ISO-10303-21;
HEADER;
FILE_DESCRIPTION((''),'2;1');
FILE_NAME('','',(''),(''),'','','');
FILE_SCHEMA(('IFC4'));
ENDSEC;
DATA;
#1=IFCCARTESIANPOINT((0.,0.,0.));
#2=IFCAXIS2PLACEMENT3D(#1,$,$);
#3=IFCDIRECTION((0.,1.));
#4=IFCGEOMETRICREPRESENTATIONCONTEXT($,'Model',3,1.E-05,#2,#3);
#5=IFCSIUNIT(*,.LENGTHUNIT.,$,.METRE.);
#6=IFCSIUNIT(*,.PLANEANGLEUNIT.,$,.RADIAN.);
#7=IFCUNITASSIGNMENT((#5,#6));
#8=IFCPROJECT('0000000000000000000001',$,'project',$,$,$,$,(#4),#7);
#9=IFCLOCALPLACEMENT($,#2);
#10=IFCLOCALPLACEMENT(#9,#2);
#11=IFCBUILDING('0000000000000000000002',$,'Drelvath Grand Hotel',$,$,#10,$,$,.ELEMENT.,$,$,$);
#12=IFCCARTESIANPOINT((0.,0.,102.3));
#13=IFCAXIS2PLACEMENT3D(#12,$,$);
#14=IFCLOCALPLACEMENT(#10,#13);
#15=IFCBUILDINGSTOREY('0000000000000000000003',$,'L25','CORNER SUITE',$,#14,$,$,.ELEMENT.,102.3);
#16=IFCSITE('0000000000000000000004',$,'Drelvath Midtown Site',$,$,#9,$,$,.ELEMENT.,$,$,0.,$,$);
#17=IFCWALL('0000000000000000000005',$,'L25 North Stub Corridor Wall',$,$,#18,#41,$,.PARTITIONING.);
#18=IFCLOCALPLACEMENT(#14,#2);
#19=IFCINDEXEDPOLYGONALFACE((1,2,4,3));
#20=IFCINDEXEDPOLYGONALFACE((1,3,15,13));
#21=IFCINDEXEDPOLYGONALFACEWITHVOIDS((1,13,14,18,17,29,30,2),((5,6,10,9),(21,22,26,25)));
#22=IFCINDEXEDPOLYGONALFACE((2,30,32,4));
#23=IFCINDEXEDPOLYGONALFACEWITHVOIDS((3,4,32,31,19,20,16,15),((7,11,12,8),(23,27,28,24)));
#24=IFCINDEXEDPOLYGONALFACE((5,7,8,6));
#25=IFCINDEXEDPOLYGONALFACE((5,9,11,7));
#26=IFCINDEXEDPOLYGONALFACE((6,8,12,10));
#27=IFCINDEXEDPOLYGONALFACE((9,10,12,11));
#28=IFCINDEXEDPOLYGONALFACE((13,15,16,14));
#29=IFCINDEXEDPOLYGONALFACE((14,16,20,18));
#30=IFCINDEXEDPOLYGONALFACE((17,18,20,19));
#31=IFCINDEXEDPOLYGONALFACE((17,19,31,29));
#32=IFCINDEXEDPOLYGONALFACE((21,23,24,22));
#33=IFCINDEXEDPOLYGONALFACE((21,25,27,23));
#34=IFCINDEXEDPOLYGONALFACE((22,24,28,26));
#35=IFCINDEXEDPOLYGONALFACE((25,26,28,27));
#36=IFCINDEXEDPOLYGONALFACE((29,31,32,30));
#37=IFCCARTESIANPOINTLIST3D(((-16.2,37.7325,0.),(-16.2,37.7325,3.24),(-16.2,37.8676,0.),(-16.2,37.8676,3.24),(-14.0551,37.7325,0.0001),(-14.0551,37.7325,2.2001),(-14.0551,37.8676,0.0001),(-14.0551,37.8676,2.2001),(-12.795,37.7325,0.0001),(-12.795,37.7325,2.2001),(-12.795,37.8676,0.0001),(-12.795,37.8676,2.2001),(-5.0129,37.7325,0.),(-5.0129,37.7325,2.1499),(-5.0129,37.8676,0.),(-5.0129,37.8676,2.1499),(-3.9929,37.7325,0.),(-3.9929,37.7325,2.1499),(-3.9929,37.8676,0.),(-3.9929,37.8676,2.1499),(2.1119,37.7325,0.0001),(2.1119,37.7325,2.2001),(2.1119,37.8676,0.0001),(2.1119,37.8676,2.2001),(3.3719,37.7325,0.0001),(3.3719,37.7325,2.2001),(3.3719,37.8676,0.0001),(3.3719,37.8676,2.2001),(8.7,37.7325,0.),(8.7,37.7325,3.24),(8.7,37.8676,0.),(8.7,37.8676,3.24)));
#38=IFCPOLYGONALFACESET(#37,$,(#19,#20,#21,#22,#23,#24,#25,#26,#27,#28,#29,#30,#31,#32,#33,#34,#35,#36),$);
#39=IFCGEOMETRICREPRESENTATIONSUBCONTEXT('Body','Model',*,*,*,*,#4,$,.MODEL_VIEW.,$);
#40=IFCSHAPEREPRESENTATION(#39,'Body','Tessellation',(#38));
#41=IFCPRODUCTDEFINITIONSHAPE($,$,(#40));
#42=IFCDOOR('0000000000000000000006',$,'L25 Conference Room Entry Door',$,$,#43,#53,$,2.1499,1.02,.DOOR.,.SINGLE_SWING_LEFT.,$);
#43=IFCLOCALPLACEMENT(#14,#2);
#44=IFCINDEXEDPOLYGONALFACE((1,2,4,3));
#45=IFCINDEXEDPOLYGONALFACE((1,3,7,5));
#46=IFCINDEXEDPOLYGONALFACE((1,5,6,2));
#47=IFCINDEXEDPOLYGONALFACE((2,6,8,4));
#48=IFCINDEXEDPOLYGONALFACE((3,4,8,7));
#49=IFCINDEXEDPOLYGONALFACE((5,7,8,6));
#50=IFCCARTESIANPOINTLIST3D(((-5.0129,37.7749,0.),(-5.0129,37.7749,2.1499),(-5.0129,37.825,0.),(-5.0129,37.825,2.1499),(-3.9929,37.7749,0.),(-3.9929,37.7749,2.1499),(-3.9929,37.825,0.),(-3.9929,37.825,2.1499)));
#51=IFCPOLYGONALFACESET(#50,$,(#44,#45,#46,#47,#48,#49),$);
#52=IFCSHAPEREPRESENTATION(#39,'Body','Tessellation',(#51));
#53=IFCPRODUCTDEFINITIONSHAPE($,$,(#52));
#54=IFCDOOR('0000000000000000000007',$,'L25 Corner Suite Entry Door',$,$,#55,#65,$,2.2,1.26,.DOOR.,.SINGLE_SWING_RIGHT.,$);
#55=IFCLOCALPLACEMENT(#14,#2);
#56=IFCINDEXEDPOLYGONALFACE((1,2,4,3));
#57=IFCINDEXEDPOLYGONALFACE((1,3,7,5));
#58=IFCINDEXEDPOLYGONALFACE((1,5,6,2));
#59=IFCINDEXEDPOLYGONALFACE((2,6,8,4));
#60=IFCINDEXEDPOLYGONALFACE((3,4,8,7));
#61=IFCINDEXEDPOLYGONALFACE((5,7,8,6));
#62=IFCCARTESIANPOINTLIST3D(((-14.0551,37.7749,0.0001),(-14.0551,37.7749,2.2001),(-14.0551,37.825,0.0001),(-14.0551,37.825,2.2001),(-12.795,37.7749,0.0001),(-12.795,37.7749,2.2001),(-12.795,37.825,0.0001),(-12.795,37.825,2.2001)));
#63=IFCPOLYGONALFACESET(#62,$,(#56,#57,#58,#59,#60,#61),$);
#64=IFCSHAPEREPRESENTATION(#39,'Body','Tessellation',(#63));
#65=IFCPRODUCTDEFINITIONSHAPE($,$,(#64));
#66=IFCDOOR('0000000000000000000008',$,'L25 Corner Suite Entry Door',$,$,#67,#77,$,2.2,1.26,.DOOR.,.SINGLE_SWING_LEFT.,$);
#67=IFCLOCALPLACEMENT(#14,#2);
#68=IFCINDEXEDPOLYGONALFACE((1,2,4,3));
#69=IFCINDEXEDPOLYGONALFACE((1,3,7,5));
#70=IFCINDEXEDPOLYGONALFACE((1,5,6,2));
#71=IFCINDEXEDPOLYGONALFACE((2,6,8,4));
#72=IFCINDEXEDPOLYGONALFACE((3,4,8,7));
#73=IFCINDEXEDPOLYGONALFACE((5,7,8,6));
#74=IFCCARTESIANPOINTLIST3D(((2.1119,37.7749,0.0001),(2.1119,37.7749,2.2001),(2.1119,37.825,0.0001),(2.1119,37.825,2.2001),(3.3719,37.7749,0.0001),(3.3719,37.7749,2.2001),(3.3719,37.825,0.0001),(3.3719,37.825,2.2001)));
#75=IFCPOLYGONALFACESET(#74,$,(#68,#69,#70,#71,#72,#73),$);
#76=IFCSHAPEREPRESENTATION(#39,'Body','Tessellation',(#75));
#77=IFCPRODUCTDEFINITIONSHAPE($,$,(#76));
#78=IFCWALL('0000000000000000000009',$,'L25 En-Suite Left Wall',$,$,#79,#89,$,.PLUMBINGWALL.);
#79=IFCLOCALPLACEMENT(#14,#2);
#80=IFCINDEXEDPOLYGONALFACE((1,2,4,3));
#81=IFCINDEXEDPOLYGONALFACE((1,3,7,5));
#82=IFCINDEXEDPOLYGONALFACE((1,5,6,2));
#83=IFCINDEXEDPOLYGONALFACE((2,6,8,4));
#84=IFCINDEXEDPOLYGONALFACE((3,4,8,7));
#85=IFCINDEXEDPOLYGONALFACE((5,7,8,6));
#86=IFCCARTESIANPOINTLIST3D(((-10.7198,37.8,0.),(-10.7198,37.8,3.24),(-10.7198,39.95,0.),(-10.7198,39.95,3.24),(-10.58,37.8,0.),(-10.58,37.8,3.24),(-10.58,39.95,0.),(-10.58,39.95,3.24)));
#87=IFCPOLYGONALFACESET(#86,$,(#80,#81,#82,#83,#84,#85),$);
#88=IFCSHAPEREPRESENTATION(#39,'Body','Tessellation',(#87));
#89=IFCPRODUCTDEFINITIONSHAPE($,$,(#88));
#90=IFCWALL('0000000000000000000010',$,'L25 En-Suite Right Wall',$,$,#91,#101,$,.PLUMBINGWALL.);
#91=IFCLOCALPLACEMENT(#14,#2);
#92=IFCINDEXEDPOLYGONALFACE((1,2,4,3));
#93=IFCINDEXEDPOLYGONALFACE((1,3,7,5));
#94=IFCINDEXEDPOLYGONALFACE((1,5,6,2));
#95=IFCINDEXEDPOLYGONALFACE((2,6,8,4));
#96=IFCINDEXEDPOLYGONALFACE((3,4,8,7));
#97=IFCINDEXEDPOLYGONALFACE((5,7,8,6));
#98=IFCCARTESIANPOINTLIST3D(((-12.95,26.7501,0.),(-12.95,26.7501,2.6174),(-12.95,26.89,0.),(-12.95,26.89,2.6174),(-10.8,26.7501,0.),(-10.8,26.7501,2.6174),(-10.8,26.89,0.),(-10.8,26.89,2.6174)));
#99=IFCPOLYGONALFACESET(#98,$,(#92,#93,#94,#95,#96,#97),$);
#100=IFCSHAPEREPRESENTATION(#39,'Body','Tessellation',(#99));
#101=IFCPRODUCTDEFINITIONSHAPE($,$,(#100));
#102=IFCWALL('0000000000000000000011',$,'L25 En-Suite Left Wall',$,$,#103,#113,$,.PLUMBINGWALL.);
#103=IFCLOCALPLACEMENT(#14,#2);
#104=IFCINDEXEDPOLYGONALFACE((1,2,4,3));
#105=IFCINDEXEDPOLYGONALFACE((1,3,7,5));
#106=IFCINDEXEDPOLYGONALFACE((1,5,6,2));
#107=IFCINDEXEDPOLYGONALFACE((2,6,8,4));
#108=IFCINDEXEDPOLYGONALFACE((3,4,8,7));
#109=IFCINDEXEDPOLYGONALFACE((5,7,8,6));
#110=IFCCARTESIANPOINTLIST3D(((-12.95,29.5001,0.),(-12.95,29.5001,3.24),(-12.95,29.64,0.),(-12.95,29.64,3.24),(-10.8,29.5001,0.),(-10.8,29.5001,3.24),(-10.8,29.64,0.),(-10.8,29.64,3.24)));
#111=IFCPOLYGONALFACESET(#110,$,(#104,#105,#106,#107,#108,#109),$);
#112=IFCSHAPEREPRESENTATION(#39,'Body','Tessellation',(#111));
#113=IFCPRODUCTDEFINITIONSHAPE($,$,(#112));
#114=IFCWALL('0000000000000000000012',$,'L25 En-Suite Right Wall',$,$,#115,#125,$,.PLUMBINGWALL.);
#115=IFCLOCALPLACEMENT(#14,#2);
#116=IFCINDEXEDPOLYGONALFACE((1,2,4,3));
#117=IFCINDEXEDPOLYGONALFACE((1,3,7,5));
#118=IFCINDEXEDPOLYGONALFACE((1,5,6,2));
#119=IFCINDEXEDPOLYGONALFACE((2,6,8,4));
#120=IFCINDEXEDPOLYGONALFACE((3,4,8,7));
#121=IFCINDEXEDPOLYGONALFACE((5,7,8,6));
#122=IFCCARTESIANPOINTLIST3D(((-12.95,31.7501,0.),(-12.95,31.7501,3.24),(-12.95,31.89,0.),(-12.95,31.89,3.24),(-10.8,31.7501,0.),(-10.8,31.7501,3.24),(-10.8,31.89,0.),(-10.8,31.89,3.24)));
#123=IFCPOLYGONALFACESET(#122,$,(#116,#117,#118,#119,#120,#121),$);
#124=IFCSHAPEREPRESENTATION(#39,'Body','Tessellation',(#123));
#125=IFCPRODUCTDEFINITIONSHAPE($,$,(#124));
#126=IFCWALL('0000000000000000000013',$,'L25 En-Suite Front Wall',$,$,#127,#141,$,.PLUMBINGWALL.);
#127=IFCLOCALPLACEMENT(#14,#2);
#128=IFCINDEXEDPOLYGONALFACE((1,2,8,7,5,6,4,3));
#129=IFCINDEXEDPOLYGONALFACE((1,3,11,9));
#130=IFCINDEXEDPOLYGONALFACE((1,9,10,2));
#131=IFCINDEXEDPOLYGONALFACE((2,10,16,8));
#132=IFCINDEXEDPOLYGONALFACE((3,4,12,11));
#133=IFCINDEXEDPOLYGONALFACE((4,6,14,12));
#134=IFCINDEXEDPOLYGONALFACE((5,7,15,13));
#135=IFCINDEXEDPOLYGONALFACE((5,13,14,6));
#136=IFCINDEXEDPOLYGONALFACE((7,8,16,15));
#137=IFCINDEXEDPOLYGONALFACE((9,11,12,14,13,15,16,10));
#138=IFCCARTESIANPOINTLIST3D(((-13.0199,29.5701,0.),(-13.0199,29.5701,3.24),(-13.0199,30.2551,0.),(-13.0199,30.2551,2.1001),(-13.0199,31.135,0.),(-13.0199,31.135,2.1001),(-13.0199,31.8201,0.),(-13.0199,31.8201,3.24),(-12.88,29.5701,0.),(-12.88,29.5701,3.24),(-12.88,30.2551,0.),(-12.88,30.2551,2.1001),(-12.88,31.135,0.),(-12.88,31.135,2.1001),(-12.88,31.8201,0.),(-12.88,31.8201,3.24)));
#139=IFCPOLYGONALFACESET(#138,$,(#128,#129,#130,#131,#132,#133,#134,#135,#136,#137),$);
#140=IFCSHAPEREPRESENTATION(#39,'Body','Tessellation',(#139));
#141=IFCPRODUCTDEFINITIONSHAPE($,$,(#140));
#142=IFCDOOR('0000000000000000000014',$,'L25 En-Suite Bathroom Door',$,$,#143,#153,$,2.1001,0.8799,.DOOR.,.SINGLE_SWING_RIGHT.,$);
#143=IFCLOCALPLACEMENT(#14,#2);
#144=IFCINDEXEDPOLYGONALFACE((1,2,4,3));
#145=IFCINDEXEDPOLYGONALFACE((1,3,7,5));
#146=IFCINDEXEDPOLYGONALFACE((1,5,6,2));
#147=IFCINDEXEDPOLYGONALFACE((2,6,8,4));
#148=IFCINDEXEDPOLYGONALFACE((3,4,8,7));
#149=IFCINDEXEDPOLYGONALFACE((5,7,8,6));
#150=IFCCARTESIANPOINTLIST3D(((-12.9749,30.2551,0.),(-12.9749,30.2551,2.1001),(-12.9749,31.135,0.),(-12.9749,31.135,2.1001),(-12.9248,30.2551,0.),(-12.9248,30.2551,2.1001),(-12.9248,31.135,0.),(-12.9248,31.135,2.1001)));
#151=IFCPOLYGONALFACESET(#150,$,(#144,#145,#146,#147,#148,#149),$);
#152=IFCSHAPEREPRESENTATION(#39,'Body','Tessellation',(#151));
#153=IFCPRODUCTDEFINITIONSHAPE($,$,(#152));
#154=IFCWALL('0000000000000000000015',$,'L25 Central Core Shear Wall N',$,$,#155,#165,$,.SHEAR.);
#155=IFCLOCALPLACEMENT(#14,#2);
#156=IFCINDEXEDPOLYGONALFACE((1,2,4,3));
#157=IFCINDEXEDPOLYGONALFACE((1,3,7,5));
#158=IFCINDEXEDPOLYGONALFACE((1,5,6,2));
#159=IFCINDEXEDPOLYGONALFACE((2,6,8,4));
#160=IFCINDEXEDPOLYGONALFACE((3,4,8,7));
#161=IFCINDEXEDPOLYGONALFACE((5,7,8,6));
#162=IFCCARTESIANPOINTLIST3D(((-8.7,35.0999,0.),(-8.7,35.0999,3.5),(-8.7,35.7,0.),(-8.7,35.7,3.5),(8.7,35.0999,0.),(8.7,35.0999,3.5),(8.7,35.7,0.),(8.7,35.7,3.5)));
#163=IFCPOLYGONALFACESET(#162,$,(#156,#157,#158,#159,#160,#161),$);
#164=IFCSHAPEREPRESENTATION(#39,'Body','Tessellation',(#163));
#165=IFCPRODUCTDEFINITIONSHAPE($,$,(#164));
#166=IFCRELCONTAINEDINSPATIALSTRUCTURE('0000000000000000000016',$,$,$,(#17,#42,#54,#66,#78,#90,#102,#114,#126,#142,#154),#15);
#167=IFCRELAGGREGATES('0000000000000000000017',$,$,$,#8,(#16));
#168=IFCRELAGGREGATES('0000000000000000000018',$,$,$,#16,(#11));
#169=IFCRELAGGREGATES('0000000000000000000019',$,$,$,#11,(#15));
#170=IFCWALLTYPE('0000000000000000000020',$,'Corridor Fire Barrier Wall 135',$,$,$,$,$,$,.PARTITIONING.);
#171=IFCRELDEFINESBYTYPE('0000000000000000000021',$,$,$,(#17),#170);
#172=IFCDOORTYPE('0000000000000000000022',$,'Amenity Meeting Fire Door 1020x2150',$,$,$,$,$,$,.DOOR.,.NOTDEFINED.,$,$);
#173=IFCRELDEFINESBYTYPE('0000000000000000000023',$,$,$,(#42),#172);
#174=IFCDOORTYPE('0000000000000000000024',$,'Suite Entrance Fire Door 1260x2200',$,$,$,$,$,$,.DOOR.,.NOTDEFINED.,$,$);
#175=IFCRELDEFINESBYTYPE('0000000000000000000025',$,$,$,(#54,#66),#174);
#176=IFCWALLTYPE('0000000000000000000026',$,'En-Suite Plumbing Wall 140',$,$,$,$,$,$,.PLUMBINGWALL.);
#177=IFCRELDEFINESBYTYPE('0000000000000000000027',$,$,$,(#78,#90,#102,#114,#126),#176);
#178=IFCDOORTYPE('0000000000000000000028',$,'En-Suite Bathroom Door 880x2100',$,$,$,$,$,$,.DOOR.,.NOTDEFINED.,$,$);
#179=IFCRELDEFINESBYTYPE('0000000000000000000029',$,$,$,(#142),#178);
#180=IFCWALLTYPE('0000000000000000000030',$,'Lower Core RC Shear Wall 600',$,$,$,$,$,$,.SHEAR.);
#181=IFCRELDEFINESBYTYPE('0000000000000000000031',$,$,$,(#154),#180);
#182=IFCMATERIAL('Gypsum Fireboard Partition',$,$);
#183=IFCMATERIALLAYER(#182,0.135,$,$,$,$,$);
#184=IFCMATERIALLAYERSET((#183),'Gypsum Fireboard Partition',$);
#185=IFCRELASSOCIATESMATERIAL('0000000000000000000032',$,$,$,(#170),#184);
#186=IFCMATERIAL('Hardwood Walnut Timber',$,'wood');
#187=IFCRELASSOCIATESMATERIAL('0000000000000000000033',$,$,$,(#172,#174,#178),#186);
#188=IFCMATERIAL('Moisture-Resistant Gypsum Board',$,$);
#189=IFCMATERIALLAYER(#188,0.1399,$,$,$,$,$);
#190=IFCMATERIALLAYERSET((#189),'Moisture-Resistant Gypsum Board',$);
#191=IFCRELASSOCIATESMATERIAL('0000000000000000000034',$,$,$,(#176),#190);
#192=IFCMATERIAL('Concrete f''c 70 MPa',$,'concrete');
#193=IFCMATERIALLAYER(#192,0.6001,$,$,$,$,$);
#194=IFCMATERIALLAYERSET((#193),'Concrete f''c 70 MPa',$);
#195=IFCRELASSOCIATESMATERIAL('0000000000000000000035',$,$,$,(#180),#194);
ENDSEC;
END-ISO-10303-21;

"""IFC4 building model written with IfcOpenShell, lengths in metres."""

from ifc_helpers import new_model, si_unit, direction, frame, frame_2d, origin, place, context, subcontext, project, spatial, rectangle, extrude, material, layer, layer_set, type_object, element, fill, save


model = new_model("IFC4")

# Units and contexts
model_context = context("Model", 3, precision=1e-05, world=origin(), true_north=direction((0.0, 1.0)))
body_context = subcontext(model_context, "Body", "Model", "MODEL_VIEW")
ifc_project = project(units=[si_unit("LENGTHUNIT", "METRE"), si_unit("PLANEANGLEUNIT", "RADIAN")], contexts=[model_context])

# Site, building, storey
site_placement = place(None, origin())
site = spatial("IfcSite", under=ifc_project, at=site_placement, Name="Drelvath Midtown Site", CompositionType="ELEMENT", RefElevation=0.0)
building_placement = place(site_placement, origin())
building = spatial("IfcBuilding", under=site, at=building_placement, Name="Drelvath Grand Hotel", CompositionType="ELEMENT")
storey_placement = place(building_placement, frame((0.0, 0.0, 102.3)))
storey = spatial("IfcBuildingStorey", under=building, at=storey_placement, Name="L25", Description="CORNER SUITE", CompositionType="ELEMENT", Elevation=102.3)

# Shared definitions
ifc_material_1 = material(Name="Gypsum Fireboard Partition")
ifc_layer_1 = layer(ifc_material_1, 0.135)
ifc_layer_set_1 = layer_set([ifc_layer_1], Name="Gypsum Fireboard Partition")
wall_type_1 = type_object("IfcWallType", Name="Corridor Fire Barrier Wall 135", PredefinedType="PARTITIONING", material=ifc_layer_set_1)

# Wall, openings, doors
wall_1_placement = place(storey_placement, frame((-16.2, 37.8, 0.0), z_axis=(0.0, 0.0, 1.0), x_axis=(1.0, 0.0, 0.0)))
wall_1 = element("IfcWall", 1, at=wall_1_placement, inside=storey, type_object=wall_type_1, Name="L25 North Stub Corridor Wall", PredefinedType="PARTITIONING", context=body_context, shape_type="SweptSolid", body=[
    extrude(rectangle(XDim=24.8999, YDim=0.135, at=frame_2d((12.45, 0.0))), origin(), (0.0, 0.0, 1.0), 3.24),
])
opening_1_placement = place(wall_1_placement, frame((2.145, 0.0, 0.0)))
opening_1 = element("IfcOpeningElement", 2, at=opening_1_placement, cuts=wall_1, PredefinedType="OPENING", context=body_context, shape_type="SweptSolid", body=[
    extrude(rectangle(XDim=1.26, YDim=2.2, at=frame_2d((0.6299, 1.1001))), frame((0.0, 0.0774, 0.0), z_axis=(0.0, -1.0, 0.0), x_axis=(1.0, 0.0, 0.0)), (0.0, 0.0, 1.0), 0.155),
])
opening_2_placement = place(wall_1_placement, frame((11.187, 0.0, 0.0)))
opening_2 = element("IfcOpeningElement", 3, at=opening_2_placement, cuts=wall_1, PredefinedType="OPENING", context=body_context, shape_type="SweptSolid", body=[
    extrude(rectangle(XDim=1.02, YDim=2.1499, at=frame_2d((0.51, 1.075))), frame((0.0, 0.0774, 0.0), z_axis=(0.0, -1.0, 0.0), x_axis=(1.0, 0.0, 0.0)), (0.0, 0.0, 1.0), 0.155),
])
opening_3_placement = place(wall_1_placement, frame((18.312, 0.0, 0.0)))
opening_3 = element("IfcOpeningElement", 4, at=opening_3_placement, cuts=wall_1, PredefinedType="OPENING", context=body_context, shape_type="SweptSolid", body=[
    extrude(rectangle(XDim=1.26, YDim=2.2, at=frame_2d((0.6299, 1.1001))), frame((0.0, 0.0774, 0.0), z_axis=(0.0, -1.0, 0.0), x_axis=(1.0, 0.0, 0.0)), (0.0, 0.0, 1.0), 0.155),
])
ifc_material_2 = material(Name="Hardwood Walnut Timber", Category="wood")
door_type_1 = type_object("IfcDoorType", Name="Amenity Meeting Fire Door 1020x2150", OperationType="NOTDEFINED", PredefinedType="DOOR", material=ifc_material_2)
door_1_placement = place(opening_2_placement, origin())
door_1 = element("IfcDoor", 5, at=door_1_placement, inside=storey, type_object=door_type_1, Name="L25 Conference Room Entry Door", OperationType="SINGLE_SWING_LEFT", OverallHeight=2.1499, OverallWidth=1.02, PredefinedType="DOOR", context=body_context, shape_type="SweptSolid", body=[
    extrude(rectangle(XDim=1.02, YDim=2.1499, at=frame_2d((0.51, 1.075))), frame((0.0, 0.0249, 0.0), z_axis=(0.0, -1.0, 0.0), x_axis=(1.0, 0.0, 0.0)), (0.0, 0.0, 1.0), 0.05),
])
fill(opening_2, door_1)
door_type_2 = type_object("IfcDoorType", Name="Suite Entrance Fire Door 1260x2200", OperationType="NOTDEFINED", PredefinedType="DOOR", material=ifc_material_2)
door_2_placement = place(opening_1_placement, origin())
door_2 = element("IfcDoor", 6, at=door_2_placement, inside=storey, type_object=door_type_2, Name="L25 Corner Suite Entry Door", OperationType="SINGLE_SWING_RIGHT", OverallHeight=2.2, OverallWidth=1.26, PredefinedType="DOOR", context=body_context, shape_type="SweptSolid", body=[
    extrude(rectangle(XDim=1.26, YDim=2.2, at=frame_2d((0.6299, 1.1001))), frame((0.0, 0.0249, 0.0), z_axis=(0.0, -1.0, 0.0), x_axis=(1.0, 0.0, 0.0)), (0.0, 0.0, 1.0), 0.05),
])
fill(opening_1, door_2)
door_3_placement = place(opening_3_placement, origin())
door_3 = element("IfcDoor", 7, at=door_3_placement, inside=storey, type_object=door_type_2, Name="L25 Corner Suite Entry Door", OperationType="SINGLE_SWING_LEFT", OverallHeight=2.2, OverallWidth=1.26, PredefinedType="DOOR", context=body_context, shape_type="SweptSolid", body=[
    extrude(rectangle(XDim=1.26, YDim=2.2, at=frame_2d((0.6299, 1.1001))), frame((0.0, 0.0249, 0.0), z_axis=(0.0, -1.0, 0.0), x_axis=(1.0, 0.0, 0.0)), (0.0, 0.0, 1.0), 0.05),
])
fill(opening_3, door_3)

# Walls
ifc_material_3 = material(Name="Moisture-Resistant Gypsum Board")
ifc_layer_2 = layer(ifc_material_3, 0.1399)
ifc_layer_set_2 = layer_set([ifc_layer_2], Name="Moisture-Resistant Gypsum Board")
wall_type_2 = type_object("IfcWallType", Name="En-Suite Plumbing Wall 140", PredefinedType="PLUMBINGWALL", material=ifc_layer_set_2)
wall_2_placement = place(storey_placement, frame((-10.6499, 37.8, 0.0), z_axis=(0.0, 0.0, 1.0), x_axis=(0.0, 1.0, 0.0)))
element("IfcWall", 8, at=wall_2_placement, inside=storey, type_object=wall_type_2, Name="L25 En-Suite Left Wall", PredefinedType="PLUMBINGWALL", context=body_context, shape_type="SweptSolid", body=[
    extrude(rectangle(XDim=2.1499, YDim=0.1399, at=frame_2d((1.075, 0.0))), origin(), (0.0, 0.0, 1.0), 3.24),
])
wall_3_placement = place(storey_placement, frame((-10.8, 26.8201, 0.0), z_axis=(0.0, 0.0, 1.0), x_axis=(-1.0, 0.0, 0.0)))
element("IfcWall", 9, at=wall_3_placement, inside=storey, type_object=wall_type_2, Name="L25 En-Suite Right Wall", PredefinedType="PLUMBINGWALL", context=body_context, shape_type="SweptSolid", body=[
    extrude(rectangle(XDim=2.1499, YDim=0.1399, at=frame_2d((1.075, 0.0))), origin(), (0.0, 0.0, 1.0), 2.6174),
])
for number, where, z_axis, x_axis, name in (
    (10, (-10.8, 29.5701, 0.0), (0.0, 0.0, 1.0), (-1.0, 0.0, 0.0), "L25 En-Suite Left Wall"),
    (11, (-10.8, 31.8201, 0.0), (0.0, 0.0, 1.0), (-1.0, 0.0, 0.0), "L25 En-Suite Right Wall"),
):
    element("IfcWall", number, at=place(storey_placement, frame(where, z_axis=z_axis, x_axis=x_axis)), inside=storey, type_object=wall_type_2, Name=name, PredefinedType="PLUMBINGWALL", context=body_context, shape_type="SweptSolid", body=[
        extrude(rectangle(XDim=2.1499, YDim=0.1399, at=frame_2d((1.075, 0.0))), origin(), (0.0, 0.0, 1.0), 3.24),
    ])

# Wall, opening, door
wall_4_placement = place(storey_placement, frame((-12.95, 29.5701, 0.0), z_axis=(0.0, 0.0, 1.0), x_axis=(0.0, 1.0, 0.0)))
wall_4 = element("IfcWall", 12, at=wall_4_placement, inside=storey, type_object=wall_type_2, Name="L25 En-Suite Front Wall", PredefinedType="PLUMBINGWALL", context=body_context, shape_type="SweptSolid", body=[
    extrude(rectangle(XDim=2.25, YDim=0.1399, at=frame_2d((1.125, 0.0))), origin(), (0.0, 0.0, 1.0), 3.24),
])
opening_4_placement = place(wall_4_placement, frame((0.6851, 0.0, 0.0)))
opening_4 = element("IfcOpeningElement", 13, at=opening_4_placement, cuts=wall_4, PredefinedType="OPENING", context=body_context, shape_type="SweptSolid", body=[
    extrude(rectangle(XDim=0.8799, YDim=2.1001, at=frame_2d((0.4399, 1.05))), frame((0.0, 0.0798, 0.0), z_axis=(0.0, -1.0, 0.0), x_axis=(1.0, 0.0, 0.0)), (0.0, 0.0, 1.0), 0.1599),
])
door_type_3 = type_object("IfcDoorType", Name="En-Suite Bathroom Door 880x2100", OperationType="NOTDEFINED", PredefinedType="DOOR", material=ifc_material_2)
door_4_placement = place(opening_4_placement, origin())
door_4 = element("IfcDoor", 14, at=door_4_placement, inside=storey, type_object=door_type_3, Name="L25 En-Suite Bathroom Door", OperationType="SINGLE_SWING_RIGHT", OverallHeight=2.1001, OverallWidth=0.8799, PredefinedType="DOOR", context=body_context, shape_type="SweptSolid", body=[
    extrude(rectangle(XDim=0.8799, YDim=2.1001, at=frame_2d((0.4399, 1.05))), frame((0.0, 0.0249, 0.0), z_axis=(0.0, -1.0, 0.0), x_axis=(1.0, 0.0, 0.0)), (0.0, 0.0, 1.0), 0.05),
])
fill(opening_4, door_4)

# Wall
ifc_material_4 = material(Name="Concrete f'c 70 MPa", Category="concrete")
ifc_layer_3 = layer(ifc_material_4, 0.6001)
ifc_layer_set_3 = layer_set([ifc_layer_3], Name="Concrete f'c 70 MPa")
wall_type_3 = type_object("IfcWallType", Name="Lower Core RC Shear Wall 600", PredefinedType="SHEAR", material=ifc_layer_set_3)
wall_5_placement = place(storey_placement, frame((-8.7, 35.3999, 0.0), z_axis=(0.0, 0.0, 1.0), x_axis=(1.0, 0.0, 0.0)))
element("IfcWall", 15, at=wall_5_placement, inside=storey, type_object=wall_type_3, Name="L25 Central Core Shear Wall N", PredefinedType="SHEAR", context=body_context, shape_type="SweptSolid", body=[
    extrude(rectangle(XDim=17.3999, YDim=0.6001, at=frame_2d((8.7, 0.0))), origin(), (0.0, 0.0, 1.0), 3.5),
])

save(model, "model.ifc")
